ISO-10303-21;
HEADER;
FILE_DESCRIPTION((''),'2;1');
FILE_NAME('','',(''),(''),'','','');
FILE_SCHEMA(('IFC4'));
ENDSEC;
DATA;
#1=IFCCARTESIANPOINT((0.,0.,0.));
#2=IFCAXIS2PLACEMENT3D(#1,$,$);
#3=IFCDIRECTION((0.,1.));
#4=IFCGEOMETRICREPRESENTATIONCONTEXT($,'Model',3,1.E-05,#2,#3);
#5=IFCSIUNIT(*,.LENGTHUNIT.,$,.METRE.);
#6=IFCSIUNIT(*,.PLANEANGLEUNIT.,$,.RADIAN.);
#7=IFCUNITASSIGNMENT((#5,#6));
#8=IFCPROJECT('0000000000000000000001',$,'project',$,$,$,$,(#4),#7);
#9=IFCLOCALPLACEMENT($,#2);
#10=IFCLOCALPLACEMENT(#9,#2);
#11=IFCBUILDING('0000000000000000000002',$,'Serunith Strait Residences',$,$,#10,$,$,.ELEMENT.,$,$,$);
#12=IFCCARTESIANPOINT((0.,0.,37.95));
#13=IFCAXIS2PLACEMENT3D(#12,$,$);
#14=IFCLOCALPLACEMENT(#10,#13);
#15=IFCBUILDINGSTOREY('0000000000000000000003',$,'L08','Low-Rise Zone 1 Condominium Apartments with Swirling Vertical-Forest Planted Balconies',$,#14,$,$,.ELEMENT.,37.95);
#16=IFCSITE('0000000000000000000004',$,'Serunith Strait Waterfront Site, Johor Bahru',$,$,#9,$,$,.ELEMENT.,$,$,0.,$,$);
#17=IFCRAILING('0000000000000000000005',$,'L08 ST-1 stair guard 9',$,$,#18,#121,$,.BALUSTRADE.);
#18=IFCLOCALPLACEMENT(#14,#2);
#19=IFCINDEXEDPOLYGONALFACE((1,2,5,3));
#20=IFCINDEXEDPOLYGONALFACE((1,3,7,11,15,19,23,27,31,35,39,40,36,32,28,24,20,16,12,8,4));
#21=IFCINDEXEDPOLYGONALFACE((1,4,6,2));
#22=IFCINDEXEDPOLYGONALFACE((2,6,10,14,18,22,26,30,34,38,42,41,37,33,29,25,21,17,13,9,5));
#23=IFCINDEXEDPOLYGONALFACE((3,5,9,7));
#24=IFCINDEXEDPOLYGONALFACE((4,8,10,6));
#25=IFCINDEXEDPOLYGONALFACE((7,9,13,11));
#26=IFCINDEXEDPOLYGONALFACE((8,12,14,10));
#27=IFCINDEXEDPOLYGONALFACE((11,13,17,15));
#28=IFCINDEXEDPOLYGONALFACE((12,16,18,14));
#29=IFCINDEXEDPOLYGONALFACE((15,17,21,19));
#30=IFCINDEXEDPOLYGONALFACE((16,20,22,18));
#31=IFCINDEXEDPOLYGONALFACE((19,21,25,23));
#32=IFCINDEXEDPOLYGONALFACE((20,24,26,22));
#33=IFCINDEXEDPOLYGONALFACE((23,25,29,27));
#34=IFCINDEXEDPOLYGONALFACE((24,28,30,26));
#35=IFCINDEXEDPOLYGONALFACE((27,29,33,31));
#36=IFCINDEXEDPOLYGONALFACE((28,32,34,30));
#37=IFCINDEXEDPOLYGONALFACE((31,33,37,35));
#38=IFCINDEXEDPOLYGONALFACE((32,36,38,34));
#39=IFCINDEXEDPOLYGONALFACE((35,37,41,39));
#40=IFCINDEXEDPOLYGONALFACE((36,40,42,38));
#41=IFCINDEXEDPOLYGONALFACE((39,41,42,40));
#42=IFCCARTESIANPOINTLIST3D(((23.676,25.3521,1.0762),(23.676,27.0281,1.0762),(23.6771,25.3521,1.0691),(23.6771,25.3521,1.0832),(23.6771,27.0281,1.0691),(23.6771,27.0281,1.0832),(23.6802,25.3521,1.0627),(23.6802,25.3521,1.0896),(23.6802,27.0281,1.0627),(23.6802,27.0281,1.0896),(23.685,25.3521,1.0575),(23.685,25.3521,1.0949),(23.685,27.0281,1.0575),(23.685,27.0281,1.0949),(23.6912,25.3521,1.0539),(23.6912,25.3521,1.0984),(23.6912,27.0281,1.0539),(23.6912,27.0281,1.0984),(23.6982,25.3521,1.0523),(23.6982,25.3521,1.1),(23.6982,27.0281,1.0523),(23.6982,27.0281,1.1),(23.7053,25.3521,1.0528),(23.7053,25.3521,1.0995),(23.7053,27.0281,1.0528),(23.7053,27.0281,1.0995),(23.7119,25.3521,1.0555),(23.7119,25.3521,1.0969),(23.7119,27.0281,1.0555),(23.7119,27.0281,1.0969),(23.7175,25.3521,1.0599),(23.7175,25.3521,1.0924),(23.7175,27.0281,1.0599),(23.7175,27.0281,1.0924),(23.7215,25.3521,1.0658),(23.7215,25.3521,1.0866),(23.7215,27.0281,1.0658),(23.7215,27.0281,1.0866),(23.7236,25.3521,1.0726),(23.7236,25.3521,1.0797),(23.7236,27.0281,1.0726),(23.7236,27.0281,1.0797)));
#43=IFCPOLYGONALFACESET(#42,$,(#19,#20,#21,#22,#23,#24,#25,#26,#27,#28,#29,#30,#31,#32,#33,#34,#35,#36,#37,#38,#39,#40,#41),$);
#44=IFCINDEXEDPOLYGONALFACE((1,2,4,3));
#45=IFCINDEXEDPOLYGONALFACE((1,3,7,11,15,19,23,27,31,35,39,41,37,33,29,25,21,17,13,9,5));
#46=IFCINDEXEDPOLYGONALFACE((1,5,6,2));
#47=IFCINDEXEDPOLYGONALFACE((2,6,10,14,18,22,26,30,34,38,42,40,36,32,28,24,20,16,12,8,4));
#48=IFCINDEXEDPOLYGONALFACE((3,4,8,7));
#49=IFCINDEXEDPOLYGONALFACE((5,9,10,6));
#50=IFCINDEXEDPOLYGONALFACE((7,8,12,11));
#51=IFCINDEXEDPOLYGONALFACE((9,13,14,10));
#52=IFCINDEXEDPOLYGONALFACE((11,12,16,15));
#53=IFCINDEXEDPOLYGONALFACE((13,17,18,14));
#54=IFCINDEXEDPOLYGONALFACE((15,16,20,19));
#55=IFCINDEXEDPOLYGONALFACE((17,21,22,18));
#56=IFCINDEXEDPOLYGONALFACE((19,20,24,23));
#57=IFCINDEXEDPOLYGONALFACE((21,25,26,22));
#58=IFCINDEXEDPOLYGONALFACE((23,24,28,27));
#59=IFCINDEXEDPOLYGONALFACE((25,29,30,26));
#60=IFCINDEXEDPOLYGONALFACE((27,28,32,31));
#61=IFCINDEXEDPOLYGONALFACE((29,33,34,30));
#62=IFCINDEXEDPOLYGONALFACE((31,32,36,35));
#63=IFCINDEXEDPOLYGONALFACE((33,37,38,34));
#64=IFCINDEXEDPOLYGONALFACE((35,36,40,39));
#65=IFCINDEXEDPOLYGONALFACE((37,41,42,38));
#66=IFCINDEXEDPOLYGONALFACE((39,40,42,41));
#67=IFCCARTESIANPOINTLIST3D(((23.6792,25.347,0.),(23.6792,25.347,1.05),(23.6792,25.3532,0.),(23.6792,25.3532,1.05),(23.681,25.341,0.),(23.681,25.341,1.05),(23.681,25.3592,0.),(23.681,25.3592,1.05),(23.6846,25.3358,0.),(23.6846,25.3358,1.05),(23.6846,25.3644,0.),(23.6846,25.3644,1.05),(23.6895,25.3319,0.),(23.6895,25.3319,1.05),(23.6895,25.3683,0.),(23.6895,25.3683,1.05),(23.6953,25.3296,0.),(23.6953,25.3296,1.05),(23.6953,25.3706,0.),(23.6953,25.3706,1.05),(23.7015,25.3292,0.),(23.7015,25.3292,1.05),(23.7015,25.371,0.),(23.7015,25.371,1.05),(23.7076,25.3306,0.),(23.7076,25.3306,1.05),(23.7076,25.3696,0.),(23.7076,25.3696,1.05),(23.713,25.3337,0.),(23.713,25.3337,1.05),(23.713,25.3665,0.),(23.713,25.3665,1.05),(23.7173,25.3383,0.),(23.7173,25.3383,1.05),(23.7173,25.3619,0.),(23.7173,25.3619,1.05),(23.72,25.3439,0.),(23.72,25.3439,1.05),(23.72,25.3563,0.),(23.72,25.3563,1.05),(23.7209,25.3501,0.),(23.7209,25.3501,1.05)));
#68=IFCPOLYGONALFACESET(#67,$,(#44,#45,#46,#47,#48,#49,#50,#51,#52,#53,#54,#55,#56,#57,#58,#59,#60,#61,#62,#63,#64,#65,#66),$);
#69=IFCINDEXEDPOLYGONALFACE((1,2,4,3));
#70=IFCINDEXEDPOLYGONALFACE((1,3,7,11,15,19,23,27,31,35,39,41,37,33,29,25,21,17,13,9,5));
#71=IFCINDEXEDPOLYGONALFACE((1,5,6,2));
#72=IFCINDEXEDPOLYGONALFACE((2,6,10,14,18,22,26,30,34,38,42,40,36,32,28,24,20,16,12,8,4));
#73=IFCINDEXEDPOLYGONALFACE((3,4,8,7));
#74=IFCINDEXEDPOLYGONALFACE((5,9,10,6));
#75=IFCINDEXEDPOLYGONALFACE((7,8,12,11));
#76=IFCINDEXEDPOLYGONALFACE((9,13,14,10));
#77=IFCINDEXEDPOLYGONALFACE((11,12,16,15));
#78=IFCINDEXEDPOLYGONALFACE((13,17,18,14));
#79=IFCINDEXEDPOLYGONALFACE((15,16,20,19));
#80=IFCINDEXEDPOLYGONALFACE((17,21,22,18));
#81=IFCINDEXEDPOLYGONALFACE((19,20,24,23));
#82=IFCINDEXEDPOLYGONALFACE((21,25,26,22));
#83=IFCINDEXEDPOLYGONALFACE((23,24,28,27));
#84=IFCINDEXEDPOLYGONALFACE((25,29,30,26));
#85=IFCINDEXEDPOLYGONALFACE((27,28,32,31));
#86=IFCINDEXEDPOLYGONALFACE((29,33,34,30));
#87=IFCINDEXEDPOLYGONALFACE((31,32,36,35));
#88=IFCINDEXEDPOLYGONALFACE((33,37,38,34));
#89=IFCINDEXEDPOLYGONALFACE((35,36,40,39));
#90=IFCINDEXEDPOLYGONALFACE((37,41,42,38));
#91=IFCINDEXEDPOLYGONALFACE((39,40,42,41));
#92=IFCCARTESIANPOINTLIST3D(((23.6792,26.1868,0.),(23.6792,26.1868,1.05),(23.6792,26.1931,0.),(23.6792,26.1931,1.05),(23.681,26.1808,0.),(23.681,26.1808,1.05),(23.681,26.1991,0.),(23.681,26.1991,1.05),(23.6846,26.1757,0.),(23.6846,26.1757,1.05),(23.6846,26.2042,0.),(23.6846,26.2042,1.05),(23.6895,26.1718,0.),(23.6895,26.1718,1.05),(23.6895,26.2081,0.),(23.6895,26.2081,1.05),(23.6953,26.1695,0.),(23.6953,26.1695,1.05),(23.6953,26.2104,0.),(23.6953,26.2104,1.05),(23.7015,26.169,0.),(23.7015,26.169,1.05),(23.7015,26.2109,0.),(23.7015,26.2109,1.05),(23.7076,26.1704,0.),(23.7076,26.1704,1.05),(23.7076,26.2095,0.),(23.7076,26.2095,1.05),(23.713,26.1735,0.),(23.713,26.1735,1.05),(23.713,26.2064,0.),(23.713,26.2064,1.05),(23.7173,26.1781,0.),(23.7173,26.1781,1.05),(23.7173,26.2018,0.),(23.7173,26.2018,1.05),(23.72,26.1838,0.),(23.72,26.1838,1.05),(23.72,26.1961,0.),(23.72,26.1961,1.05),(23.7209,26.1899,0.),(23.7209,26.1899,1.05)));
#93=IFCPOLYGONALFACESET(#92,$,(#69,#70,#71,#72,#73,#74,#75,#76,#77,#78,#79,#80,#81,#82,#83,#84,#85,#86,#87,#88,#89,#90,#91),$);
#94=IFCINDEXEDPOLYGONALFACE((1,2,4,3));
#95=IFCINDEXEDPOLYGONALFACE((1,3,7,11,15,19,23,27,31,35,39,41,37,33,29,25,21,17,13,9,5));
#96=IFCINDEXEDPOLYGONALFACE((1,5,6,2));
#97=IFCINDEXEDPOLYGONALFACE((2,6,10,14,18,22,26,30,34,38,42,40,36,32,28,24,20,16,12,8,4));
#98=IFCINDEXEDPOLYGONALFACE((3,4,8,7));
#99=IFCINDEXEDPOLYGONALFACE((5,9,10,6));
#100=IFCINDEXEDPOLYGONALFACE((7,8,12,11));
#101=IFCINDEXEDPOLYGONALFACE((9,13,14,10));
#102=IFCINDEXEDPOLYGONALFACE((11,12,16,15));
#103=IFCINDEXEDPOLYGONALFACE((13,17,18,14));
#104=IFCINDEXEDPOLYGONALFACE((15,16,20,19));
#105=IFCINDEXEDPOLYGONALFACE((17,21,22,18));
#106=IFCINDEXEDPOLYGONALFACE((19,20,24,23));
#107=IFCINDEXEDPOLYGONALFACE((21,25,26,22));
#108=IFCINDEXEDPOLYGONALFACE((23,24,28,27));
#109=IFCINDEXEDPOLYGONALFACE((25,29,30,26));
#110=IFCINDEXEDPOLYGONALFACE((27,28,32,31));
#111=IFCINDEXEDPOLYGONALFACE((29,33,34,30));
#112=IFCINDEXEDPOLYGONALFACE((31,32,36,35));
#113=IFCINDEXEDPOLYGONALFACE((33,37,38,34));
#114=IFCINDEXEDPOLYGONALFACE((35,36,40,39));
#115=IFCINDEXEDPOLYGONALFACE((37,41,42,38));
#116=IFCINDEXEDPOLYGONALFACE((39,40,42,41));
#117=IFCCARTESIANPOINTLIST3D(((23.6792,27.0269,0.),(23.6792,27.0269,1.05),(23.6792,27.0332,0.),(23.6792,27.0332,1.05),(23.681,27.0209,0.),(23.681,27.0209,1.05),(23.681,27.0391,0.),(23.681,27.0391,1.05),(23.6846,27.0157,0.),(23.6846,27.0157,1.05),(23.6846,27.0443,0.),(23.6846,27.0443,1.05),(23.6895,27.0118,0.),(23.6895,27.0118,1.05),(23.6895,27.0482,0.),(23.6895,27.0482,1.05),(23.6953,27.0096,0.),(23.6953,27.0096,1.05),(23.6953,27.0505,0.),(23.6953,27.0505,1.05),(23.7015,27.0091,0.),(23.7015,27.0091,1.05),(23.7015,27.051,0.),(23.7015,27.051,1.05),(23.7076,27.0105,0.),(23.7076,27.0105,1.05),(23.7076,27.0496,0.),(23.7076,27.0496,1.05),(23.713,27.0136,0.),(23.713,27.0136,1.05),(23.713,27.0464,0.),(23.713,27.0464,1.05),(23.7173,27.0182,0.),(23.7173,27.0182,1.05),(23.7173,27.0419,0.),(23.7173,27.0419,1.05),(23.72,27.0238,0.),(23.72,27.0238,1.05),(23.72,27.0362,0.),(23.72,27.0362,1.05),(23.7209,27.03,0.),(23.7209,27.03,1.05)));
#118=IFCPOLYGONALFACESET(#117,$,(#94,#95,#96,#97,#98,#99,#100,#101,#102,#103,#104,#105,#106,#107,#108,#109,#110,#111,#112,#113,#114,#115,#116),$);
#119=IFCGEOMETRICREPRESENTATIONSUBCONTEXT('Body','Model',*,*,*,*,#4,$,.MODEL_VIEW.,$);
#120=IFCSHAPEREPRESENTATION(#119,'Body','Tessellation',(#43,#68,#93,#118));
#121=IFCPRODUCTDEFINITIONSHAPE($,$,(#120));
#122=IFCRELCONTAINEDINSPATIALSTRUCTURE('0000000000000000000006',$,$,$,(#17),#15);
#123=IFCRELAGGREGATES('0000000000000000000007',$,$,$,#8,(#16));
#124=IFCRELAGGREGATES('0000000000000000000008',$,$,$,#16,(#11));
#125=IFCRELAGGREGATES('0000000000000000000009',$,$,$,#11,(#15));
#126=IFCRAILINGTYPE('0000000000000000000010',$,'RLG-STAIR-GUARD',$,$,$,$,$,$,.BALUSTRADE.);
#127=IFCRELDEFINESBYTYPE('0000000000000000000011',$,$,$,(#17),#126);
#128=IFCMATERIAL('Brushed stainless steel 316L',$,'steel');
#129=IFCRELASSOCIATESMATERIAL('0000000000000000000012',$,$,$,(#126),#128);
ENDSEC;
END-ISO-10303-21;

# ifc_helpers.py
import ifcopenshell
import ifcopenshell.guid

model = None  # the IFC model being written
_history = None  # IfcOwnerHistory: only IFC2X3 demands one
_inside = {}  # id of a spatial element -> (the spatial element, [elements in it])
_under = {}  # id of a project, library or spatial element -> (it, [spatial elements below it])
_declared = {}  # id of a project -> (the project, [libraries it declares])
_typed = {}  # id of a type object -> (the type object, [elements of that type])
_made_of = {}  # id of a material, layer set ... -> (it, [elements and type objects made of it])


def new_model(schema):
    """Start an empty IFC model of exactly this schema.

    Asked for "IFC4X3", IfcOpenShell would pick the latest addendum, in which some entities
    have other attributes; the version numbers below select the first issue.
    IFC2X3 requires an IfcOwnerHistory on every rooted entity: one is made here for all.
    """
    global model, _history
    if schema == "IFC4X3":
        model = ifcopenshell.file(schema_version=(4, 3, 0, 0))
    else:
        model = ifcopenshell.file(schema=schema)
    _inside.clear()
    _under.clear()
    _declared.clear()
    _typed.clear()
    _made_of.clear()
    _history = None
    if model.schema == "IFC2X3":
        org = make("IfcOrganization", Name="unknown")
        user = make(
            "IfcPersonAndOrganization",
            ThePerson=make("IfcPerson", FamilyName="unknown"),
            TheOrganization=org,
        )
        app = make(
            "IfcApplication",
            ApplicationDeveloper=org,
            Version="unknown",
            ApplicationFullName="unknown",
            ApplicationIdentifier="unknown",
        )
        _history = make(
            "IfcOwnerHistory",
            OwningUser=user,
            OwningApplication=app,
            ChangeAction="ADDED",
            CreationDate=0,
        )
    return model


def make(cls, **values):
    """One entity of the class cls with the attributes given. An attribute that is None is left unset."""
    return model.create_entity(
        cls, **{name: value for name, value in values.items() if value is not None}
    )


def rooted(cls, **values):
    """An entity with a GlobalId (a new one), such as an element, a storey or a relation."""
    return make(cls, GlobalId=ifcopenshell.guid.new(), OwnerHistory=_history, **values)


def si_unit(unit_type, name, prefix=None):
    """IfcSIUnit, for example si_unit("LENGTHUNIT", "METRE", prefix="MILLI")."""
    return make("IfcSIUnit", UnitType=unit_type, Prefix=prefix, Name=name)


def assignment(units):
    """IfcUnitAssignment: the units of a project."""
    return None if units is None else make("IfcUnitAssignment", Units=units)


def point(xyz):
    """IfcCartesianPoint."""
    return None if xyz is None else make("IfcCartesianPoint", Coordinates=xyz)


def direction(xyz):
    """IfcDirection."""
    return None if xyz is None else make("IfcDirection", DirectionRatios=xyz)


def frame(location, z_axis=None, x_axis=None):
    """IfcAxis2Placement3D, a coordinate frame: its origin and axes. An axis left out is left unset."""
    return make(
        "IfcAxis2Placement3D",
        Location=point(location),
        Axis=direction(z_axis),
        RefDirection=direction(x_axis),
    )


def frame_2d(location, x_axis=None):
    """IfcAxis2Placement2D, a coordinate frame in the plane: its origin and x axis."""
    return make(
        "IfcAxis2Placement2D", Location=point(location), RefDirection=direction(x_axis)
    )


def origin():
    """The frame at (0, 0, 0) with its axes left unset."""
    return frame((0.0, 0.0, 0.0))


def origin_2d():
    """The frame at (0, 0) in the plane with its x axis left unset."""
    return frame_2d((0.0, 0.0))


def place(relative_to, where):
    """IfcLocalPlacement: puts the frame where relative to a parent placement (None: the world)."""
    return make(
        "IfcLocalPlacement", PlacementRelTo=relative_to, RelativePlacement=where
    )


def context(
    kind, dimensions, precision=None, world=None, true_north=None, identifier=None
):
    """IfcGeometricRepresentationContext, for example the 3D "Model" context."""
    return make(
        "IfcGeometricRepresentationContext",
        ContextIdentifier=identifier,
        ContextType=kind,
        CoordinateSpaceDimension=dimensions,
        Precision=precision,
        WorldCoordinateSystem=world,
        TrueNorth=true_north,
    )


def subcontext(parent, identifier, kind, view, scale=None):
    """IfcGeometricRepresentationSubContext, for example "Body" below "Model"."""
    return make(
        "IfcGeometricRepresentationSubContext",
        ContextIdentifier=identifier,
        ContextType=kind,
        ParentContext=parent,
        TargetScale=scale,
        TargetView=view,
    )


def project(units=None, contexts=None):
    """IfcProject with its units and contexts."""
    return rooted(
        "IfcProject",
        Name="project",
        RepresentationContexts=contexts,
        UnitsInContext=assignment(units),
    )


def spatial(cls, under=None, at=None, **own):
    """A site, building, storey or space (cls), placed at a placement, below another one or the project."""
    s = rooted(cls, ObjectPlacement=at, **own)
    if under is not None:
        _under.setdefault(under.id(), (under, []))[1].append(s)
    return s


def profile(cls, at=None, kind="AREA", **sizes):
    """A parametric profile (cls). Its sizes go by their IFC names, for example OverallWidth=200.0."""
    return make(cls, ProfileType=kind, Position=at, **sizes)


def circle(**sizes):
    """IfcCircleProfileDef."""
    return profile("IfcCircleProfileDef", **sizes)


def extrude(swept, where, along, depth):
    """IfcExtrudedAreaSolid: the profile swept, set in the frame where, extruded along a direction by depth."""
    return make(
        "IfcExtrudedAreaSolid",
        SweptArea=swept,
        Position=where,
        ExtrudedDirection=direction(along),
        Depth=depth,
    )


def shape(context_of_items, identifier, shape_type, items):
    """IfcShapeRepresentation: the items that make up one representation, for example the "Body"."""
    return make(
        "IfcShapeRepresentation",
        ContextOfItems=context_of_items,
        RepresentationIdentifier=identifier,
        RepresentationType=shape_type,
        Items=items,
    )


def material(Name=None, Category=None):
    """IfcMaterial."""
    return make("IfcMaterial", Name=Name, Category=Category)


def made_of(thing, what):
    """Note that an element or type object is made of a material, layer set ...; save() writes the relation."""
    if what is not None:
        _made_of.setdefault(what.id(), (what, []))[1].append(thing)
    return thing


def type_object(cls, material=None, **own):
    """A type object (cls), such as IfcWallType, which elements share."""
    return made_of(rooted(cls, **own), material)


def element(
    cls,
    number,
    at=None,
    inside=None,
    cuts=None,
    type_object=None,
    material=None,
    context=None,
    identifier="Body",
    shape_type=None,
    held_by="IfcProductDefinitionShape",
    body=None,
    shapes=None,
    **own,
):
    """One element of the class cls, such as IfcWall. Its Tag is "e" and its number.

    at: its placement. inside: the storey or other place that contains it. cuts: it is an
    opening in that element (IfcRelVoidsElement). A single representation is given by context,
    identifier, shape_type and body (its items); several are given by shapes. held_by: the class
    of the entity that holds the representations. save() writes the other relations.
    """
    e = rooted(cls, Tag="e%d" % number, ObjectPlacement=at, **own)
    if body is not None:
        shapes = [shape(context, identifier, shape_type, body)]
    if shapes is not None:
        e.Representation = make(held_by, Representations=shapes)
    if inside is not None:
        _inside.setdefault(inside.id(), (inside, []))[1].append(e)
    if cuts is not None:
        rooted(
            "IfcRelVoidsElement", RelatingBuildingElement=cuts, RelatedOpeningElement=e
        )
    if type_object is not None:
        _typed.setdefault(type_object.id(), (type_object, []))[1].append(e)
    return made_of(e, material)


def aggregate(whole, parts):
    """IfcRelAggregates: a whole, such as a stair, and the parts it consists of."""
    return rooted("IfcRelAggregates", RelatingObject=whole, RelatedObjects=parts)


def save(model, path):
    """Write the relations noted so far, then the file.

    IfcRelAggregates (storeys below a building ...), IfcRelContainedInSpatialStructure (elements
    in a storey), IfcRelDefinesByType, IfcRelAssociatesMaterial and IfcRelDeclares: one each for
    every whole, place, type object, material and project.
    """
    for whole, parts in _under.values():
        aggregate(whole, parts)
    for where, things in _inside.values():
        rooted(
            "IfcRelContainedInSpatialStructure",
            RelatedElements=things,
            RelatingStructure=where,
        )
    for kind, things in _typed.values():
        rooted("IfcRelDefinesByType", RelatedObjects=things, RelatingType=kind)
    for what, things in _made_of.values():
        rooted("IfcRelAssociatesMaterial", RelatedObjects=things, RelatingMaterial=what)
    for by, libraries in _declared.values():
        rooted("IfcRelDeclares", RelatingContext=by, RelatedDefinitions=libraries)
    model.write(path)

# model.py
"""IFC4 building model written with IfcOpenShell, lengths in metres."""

from ifc_helpers import new_model, si_unit, direction, frame, origin, origin_2d, place, context, subcontext, project, spatial, circle, extrude, material, type_object, element, save


model = new_model("IFC4")

# Units and contexts
model_context = context("Model", 3, precision=1e-05, world=origin(), true_north=direction((0.0, 1.0)))
body_context = subcontext(model_context, "Body", "Model", "MODEL_VIEW")
ifc_project = project(units=[si_unit("LENGTHUNIT", "METRE"), si_unit("PLANEANGLEUNIT", "RADIAN")], contexts=[model_context])

# Site, building, storey
site_placement = place(None, origin())
site = spatial("IfcSite", under=ifc_project, at=site_placement, Name="Serunith Strait Waterfront Site, Johor Bahru", CompositionType="ELEMENT", RefElevation=0.0)
building_placement = place(site_placement, origin())
building = spatial("IfcBuilding", under=site, at=building_placement, Name="Serunith Strait Residences", CompositionType="ELEMENT")
storey_placement = place(building_placement, frame((0.0, 0.0, 37.95)))
storey = spatial("IfcBuildingStorey", under=building, at=storey_placement, Name="L08", Description="Low-Rise Zone 1 Condominium Apartments with Swirling Vertical-Forest Planted Balconies", CompositionType="ELEMENT", Elevation=37.95)

# Railing
ifc_material_1 = material(Name="Brushed stainless steel 316L", Category="steel")
railing_type_1 = type_object("IfcRailingType", Name="RLG-STAIR-GUARD", PredefinedType="BALUSTRADE", material=ifc_material_1)
for number, where, name in (
    (1, (23.7, 25.3501, 0.0), "L08 ST-1 stair guard 9"),
):
    element("IfcRailing", number, at=place(storey_placement, frame(where)), inside=storey, type_object=railing_type_1, Name=name, PredefinedType="BALUSTRADE", context=body_context, shape_type="SweptSolid", body=[
        extrude(circle(Radius=0.0239, at=origin_2d()), frame((0.0, 0.002, 1.0762), z_axis=(0.0, 1.0, 0.0), x_axis=(-1.0, 0.0, 0.0)), (0.0, 0.0, 1.0), 1.676),
        extrude(circle(Radius=0.021, at=origin_2d()), origin(), (0.0, 0.0, 1.0), 1.05),
        extrude(circle(Radius=0.021, at=origin_2d()), frame((0.0, 0.8398, 0.0)), (0.0, 0.0, 1.0), 1.05),
        extrude(circle(Radius=0.021, at=origin_2d()), frame((0.0, 1.6799, 0.0)), (0.0, 0.0, 1.0), 1.05),
    ])

save(model, "model.ifc")
